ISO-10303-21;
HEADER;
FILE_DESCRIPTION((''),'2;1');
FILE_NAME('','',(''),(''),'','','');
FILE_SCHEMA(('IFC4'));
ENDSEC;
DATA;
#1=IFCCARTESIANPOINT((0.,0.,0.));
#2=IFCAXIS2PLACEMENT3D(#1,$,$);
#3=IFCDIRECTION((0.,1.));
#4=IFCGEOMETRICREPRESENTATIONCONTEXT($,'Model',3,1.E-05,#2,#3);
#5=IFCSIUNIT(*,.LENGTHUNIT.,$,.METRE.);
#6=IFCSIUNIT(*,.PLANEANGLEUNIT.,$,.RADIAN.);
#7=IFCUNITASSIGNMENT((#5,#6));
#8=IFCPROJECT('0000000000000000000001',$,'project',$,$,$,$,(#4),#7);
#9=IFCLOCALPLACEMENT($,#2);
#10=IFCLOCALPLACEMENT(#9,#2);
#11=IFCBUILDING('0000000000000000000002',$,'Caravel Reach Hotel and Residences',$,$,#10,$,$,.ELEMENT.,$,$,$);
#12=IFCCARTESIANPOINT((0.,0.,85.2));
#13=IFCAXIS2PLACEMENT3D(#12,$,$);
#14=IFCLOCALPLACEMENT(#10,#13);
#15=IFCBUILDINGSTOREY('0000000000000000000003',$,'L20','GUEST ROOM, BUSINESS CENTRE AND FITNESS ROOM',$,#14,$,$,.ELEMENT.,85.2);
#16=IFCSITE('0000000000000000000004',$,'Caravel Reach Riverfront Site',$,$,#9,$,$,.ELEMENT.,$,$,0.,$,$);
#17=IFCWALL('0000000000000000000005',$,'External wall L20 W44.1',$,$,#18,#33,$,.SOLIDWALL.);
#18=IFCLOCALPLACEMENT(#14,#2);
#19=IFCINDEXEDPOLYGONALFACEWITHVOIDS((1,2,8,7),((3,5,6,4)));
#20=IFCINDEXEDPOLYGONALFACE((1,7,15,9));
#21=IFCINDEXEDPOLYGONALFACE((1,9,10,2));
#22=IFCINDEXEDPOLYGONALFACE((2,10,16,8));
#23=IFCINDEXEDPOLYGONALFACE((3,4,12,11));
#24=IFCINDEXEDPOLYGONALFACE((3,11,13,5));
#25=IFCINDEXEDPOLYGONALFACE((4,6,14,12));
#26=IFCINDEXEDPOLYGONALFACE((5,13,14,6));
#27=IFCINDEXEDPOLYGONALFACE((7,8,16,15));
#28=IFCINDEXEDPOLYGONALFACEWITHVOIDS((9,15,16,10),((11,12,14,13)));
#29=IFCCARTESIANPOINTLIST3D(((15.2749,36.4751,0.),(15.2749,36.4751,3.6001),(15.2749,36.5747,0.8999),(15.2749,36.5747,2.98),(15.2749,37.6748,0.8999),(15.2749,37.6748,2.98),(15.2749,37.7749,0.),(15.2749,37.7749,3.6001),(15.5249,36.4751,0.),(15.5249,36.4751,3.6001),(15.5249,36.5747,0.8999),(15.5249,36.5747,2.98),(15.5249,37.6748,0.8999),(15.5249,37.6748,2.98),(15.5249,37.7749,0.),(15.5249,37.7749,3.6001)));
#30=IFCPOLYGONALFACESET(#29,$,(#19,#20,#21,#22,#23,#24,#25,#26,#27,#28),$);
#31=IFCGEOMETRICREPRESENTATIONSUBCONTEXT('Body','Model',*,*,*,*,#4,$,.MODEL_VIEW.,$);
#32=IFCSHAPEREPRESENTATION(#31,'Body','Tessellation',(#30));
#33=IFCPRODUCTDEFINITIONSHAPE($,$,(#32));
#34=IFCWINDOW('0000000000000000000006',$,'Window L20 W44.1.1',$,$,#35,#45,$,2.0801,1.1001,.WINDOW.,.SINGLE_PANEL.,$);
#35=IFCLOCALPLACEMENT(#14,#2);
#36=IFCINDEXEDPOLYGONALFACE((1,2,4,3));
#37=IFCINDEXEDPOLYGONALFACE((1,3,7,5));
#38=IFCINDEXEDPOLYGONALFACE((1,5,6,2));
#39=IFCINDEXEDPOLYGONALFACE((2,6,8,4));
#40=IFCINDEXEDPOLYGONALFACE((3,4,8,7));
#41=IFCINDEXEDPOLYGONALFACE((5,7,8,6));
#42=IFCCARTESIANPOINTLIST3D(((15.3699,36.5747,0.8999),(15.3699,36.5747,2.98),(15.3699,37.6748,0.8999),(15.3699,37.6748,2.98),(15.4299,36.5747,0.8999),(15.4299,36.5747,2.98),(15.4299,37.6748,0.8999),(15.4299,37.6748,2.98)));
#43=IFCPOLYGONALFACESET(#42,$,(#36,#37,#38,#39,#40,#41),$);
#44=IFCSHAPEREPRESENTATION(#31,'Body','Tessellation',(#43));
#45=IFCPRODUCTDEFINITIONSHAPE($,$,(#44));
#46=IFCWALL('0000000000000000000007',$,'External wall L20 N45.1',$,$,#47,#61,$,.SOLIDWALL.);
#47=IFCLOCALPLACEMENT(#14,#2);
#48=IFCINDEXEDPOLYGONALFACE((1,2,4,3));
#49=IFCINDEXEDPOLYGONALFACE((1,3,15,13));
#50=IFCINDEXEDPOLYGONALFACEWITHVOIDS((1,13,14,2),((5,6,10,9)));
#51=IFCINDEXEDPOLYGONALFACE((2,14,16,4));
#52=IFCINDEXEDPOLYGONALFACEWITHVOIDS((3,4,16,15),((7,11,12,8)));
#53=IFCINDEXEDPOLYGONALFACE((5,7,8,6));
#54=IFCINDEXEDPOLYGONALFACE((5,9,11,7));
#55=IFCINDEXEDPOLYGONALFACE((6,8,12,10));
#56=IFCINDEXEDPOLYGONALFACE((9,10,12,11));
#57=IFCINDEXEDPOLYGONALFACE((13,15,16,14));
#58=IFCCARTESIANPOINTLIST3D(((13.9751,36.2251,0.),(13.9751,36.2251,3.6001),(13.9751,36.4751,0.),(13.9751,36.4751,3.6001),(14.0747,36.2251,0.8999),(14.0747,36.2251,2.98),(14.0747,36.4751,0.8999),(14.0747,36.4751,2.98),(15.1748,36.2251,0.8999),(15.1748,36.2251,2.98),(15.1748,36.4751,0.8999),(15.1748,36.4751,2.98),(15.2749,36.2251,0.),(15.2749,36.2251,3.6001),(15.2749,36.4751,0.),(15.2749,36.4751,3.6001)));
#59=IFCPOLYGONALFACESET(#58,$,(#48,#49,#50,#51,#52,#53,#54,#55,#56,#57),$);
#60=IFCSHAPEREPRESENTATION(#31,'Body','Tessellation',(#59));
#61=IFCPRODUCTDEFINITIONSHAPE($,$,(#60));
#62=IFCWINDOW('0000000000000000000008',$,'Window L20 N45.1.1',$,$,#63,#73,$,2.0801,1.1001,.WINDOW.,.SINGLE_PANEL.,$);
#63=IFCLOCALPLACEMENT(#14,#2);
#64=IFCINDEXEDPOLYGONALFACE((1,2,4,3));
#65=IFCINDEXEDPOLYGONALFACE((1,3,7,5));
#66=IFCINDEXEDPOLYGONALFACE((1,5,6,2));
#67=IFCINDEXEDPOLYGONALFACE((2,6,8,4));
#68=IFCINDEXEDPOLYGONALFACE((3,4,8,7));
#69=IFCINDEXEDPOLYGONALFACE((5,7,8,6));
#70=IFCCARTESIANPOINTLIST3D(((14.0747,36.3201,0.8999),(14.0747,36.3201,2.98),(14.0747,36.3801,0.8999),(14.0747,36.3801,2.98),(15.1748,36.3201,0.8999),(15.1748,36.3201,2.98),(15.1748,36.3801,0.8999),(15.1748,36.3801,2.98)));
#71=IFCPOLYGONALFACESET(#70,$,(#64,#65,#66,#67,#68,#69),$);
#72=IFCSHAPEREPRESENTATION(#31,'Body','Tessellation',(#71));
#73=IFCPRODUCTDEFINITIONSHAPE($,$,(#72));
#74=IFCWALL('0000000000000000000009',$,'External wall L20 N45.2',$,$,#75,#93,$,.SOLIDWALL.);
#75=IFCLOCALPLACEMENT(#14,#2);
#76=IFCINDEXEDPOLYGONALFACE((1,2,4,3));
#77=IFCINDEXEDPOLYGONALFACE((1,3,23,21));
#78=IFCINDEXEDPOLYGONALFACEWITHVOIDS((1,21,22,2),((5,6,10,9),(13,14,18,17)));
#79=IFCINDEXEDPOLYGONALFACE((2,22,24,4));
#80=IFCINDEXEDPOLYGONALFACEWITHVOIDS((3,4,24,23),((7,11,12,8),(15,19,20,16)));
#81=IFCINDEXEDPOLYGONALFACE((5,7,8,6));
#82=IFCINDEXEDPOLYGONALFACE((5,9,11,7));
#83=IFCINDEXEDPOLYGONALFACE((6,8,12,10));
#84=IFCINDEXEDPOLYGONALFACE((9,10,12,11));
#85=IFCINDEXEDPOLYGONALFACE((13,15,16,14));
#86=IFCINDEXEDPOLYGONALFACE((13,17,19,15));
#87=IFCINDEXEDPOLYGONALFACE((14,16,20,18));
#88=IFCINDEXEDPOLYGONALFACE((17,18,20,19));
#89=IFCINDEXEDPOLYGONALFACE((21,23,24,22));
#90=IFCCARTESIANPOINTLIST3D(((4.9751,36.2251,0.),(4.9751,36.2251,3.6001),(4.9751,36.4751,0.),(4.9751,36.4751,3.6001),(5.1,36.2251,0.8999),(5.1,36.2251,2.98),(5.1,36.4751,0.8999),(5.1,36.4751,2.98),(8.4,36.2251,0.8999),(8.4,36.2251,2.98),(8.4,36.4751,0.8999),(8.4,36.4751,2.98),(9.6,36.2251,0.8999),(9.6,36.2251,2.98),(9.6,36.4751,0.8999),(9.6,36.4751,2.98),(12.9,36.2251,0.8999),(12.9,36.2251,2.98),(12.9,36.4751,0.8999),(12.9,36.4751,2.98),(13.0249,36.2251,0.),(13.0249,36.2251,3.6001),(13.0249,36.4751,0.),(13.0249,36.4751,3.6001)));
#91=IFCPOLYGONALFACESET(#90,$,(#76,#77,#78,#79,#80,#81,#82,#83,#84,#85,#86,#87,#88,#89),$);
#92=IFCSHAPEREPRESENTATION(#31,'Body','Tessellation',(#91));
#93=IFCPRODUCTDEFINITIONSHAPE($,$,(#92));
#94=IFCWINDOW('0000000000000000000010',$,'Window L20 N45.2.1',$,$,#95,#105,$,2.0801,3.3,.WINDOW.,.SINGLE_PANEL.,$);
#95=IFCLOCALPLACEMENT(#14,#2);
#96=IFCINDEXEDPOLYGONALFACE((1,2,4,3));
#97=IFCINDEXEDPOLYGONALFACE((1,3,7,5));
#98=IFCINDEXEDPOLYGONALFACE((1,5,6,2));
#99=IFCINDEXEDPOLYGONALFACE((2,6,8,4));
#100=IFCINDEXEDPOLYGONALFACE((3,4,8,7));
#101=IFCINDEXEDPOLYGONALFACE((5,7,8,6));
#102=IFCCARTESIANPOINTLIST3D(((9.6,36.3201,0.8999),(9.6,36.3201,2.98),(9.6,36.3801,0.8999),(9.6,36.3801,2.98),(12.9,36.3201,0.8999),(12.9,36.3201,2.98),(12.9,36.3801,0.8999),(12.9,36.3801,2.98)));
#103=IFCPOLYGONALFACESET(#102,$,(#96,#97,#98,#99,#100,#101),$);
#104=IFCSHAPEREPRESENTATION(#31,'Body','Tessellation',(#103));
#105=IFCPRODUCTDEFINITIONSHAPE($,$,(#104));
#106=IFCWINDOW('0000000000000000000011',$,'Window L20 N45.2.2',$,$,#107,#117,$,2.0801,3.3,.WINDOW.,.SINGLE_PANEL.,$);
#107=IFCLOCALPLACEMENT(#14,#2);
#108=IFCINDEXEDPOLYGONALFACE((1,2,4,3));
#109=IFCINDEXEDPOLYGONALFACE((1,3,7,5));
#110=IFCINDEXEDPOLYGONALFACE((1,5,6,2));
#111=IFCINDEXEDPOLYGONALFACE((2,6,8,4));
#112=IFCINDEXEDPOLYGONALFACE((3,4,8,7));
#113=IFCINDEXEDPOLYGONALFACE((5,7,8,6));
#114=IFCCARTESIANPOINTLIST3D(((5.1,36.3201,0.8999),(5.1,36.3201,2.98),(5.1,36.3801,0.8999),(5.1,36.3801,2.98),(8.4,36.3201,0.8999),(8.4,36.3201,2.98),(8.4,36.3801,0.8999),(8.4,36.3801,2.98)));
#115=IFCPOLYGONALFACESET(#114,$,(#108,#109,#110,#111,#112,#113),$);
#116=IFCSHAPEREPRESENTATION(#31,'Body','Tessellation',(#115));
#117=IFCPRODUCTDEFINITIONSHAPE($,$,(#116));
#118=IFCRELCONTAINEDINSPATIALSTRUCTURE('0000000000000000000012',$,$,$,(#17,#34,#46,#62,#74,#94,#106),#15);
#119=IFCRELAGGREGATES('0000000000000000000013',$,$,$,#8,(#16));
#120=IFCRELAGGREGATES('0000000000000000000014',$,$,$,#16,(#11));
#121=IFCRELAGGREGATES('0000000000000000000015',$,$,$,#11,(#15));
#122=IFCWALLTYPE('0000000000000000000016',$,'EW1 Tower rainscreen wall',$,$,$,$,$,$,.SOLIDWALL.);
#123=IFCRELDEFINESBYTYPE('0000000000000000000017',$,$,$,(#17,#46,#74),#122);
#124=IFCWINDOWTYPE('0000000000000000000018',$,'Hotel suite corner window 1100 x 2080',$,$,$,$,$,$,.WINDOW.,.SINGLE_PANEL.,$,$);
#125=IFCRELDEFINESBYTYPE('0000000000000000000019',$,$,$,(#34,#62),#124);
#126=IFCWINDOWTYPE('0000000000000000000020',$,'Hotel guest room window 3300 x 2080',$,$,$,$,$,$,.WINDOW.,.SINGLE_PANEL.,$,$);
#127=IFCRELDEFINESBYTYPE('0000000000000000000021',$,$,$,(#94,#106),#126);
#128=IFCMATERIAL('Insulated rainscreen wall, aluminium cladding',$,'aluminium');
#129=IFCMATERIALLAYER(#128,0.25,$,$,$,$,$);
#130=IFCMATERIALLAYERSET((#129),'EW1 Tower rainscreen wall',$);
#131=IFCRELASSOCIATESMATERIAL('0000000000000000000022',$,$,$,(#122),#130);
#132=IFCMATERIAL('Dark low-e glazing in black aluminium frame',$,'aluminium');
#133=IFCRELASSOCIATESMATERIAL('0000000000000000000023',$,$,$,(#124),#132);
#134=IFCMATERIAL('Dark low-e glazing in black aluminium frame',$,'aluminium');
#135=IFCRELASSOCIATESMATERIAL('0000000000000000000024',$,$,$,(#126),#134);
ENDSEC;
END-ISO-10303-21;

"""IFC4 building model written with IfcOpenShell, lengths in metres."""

from ifc_helpers import new_model, si_unit, direction, frame, frame_2d, origin, place, context, subcontext, project, spatial, rectangle, extrude, material, layer, layer_set, type_object, element, fill, save


model = new_model("IFC4")

# Units and contexts
model_context = context("Model", 3, precision=1e-05, world=origin(), true_north=direction((0.0, 1.0)))
body_context = subcontext(model_context, "Body", "Model", "MODEL_VIEW")
ifc_project = project(units=[si_unit("LENGTHUNIT", "METRE"), si_unit("PLANEANGLEUNIT", "RADIAN")], contexts=[model_context])

# Site, building, storey
site_placement = place(None, origin())
site = spatial("IfcSite", under=ifc_project, at=site_placement, Name="Caravel Reach Riverfront Site", CompositionType="ELEMENT", RefElevation=0.0)
building_placement = place(site_placement, origin())
building = spatial("IfcBuilding", under=site, at=building_placement, Name="Caravel Reach Hotel and Residences", CompositionType="ELEMENT")
storey_placement = place(building_placement, frame((0.0, 0.0, 85.2)))
storey = spatial("IfcBuildingStorey", under=building, at=storey_placement, Name="L20", Description="GUEST ROOM, BUSINESS CENTRE AND FITNESS ROOM", CompositionType="ELEMENT", Elevation=85.2)

# Walls, openings, windows
ifc_material_1 = material(Name="Insulated rainscreen wall, aluminium cladding", Category="aluminium")
ifc_layer = layer(ifc_material_1, 0.25)
ifc_layer_set = layer_set([ifc_layer], Name="EW1 Tower rainscreen wall")
wall_type = type_object("IfcWallType", Name="EW1 Tower rainscreen wall", PredefinedType="SOLIDWALL", material=ifc_layer_set)
wall_1_placement = place(storey_placement, frame((15.3999, 37.7749, 0.0), z_axis=(0.0, 0.0, 1.0), x_axis=(0.0, -1.0, 0.0)))
wall_1 = element("IfcWall", 1, at=wall_1_placement, inside=storey, type_object=wall_type, Name="External wall L20 W44.1", PredefinedType="SOLIDWALL", context=body_context, shape_type="SweptSolid", body=[
    extrude(rectangle(XDim=1.2998, YDim=0.25, at=frame_2d((0.6499, 0.0))), origin(), (0.0, 0.0, 1.0), 3.6001),
])
opening_1_placement = place(wall_1_placement, frame((0.1001, 0.0, 0.8999)))
opening_1 = element("IfcOpeningElement", 2, at=opening_1_placement, cuts=wall_1, PredefinedType="OPENING", context=body_context, shape_type="SweptSolid", body=[
    extrude(rectangle(XDim=1.1001, YDim=2.0801, at=frame_2d((0.55, 1.04))), frame((0.0, 0.135, 0.0), z_axis=(0.0, -1.0, 0.0), x_axis=(1.0, 0.0, 0.0)), (0.0, 0.0, 1.0), 0.27),
])
ifc_material_2 = material(Name="Dark low-e glazing in black aluminium frame", Category="aluminium")
window_type_1 = type_object("IfcWindowType", Name="Hotel suite corner window 1100 x 2080", PartitioningType="SINGLE_PANEL", PredefinedType="WINDOW", material=ifc_material_2)
window_1_placement = place(opening_1_placement, origin())
window_1 = element("IfcWindow", 3, at=window_1_placement, inside=storey, type_object=window_type_1, Name="Window L20 W44.1.1", OverallHeight=2.0801, OverallWidth=1.1001, PartitioningType="SINGLE_PANEL", PredefinedType="WINDOW", context=body_context, shape_type="SweptSolid", body=[
    extrude(rectangle(XDim=1.1001, YDim=2.0801, at=frame_2d((0.55, 1.04))), frame((0.0, 0.03, 0.0), z_axis=(0.0, -1.0, 0.0), x_axis=(1.0, 0.0, 0.0)), (0.0, 0.0, 1.0), 0.0601),
])
fill(opening_1, window_1)
wall_2_placement = place(storey_placement, frame((15.2749, 36.3501, 0.0), z_axis=(0.0, 0.0, 1.0), x_axis=(-1.0, 0.0, 0.0)))
wall_2 = element("IfcWall", 4, at=wall_2_placement, inside=storey, type_object=wall_type, Name="External wall L20 N45.1", PredefinedType="SOLIDWALL", context=body_context, shape_type="SweptSolid", body=[
    extrude(rectangle(XDim=1.2998, YDim=0.25, at=frame_2d((0.6499, 0.0))), origin(), (0.0, 0.0, 1.0), 3.6001),
])
opening_2_placement = place(wall_2_placement, frame((0.1001, 0.0, 0.8999)))
opening_2 = element("IfcOpeningElement", 5, at=opening_2_placement, cuts=wall_2, PredefinedType="OPENING", context=body_context, shape_type="SweptSolid", body=[
    extrude(rectangle(XDim=1.1001, YDim=2.0801, at=frame_2d((0.55, 1.04))), frame((0.0, 0.135, 0.0), z_axis=(0.0, -1.0, 0.0), x_axis=(1.0, 0.0, 0.0)), (0.0, 0.0, 1.0), 0.27),
])
window_2_placement = place(opening_2_placement, origin())
window_2 = element("IfcWindow", 6, at=window_2_placement, inside=storey, type_object=window_type_1, Name="Window L20 N45.1.1", OverallHeight=2.0801, OverallWidth=1.1001, PartitioningType="SINGLE_PANEL", PredefinedType="WINDOW", context=body_context, shape_type="SweptSolid", body=[
    extrude(rectangle(XDim=1.1001, YDim=2.0801, at=frame_2d((0.55, 1.04))), frame((0.0, 0.03, 0.0), z_axis=(0.0, -1.0, 0.0), x_axis=(1.0, 0.0, 0.0)), (0.0, 0.0, 1.0), 0.0601),
])
fill(opening_2, window_2)

# Wall, openings, windows
wall_3_placement = place(storey_placement, frame((13.0249, 36.3501, 0.0), z_axis=(0.0, 0.0, 1.0), x_axis=(-1.0, 0.0, 0.0)))
wall_3 = element("IfcWall", 7, at=wall_3_placement, inside=storey, type_object=wall_type, Name="External wall L20 N45.2", PredefinedType="SOLIDWALL", context=body_context, shape_type="SweptSolid", body=[
    extrude(rectangle(XDim=8.0498, YDim=0.25, at=frame_2d((4.0249, 0.0))), origin(), (0.0, 0.0, 1.0), 3.6001),
])
opening_3_placement = place(wall_3_placement, frame((0.125, 0.0, 0.8999)))
opening_3 = element("IfcOpeningElement", 8, at=opening_3_placement, cuts=wall_3, PredefinedType="OPENING", context=body_context, shape_type="SweptSolid", body=[
    extrude(rectangle(XDim=3.3, YDim=2.0801, at=frame_2d((1.6499, 1.04))), frame((0.0, 0.135, 0.0), z_axis=(0.0, -1.0, 0.0), x_axis=(1.0, 0.0, 0.0)), (0.0, 0.0, 1.0), 0.27),
])
opening_4_placement = place(wall_3_placement, frame((4.625, 0.0, 0.8999)))
opening_4 = element("IfcOpeningElement", 9, at=opening_4_placement, cuts=wall_3, PredefinedType="OPENING", context=body_context, shape_type="SweptSolid", body=[
    extrude(rectangle(XDim=3.3, YDim=2.0801, at=frame_2d((1.6499, 1.04))), frame((0.0, 0.135, 0.0), z_axis=(0.0, -1.0, 0.0), x_axis=(1.0, 0.0, 0.0)), (0.0, 0.0, 1.0), 0.27),
])
ifc_material_3 = material(Name="Dark low-e glazing in black aluminium frame", Category="aluminium")
window_type_2 = type_object("IfcWindowType", Name="Hotel guest room window 3300 x 2080", PartitioningType="SINGLE_PANEL", PredefinedType="WINDOW", material=ifc_material_3)
window_3_placement = place(opening_3_placement, origin())
window_3 = element("IfcWindow", 10, at=window_3_placement, inside=storey, type_object=window_type_2, Name="Window L20 N45.2.1", OverallHeight=2.0801, OverallWidth=3.3, PartitioningType="SINGLE_PANEL", PredefinedType="WINDOW", context=body_context, shape_type="SweptSolid", body=[
    extrude(rectangle(XDim=3.3, YDim=2.0801, at=frame_2d((1.6499, 1.04))), frame((0.0, 0.03, 0.0), z_axis=(0.0, -1.0, 0.0), x_axis=(1.0, 0.0, 0.0)), (0.0, 0.0, 1.0), 0.0601),
])
fill(opening_3, window_3)
window_4_placement = place(opening_4_placement, origin())
window_4 = element("IfcWindow", 11, at=window_4_placement, inside=storey, type_object=window_type_2, Name="Window L20 N45.2.2", OverallHeight=2.0801, OverallWidth=3.3, PartitioningType="SINGLE_PANEL", PredefinedType="WINDOW", context=body_context, shape_type="SweptSolid", body=[
    extrude(rectangle(XDim=3.3, YDim=2.0801, at=frame_2d((1.6499, 1.04))), frame((0.0, 0.03, 0.0), z_axis=(0.0, -1.0, 0.0), x_axis=(1.0, 0.0, 0.0)), (0.0, 0.0, 1.0), 0.0601),
])
fill(opening_4, window_4)

save(model, "model.ifc")
